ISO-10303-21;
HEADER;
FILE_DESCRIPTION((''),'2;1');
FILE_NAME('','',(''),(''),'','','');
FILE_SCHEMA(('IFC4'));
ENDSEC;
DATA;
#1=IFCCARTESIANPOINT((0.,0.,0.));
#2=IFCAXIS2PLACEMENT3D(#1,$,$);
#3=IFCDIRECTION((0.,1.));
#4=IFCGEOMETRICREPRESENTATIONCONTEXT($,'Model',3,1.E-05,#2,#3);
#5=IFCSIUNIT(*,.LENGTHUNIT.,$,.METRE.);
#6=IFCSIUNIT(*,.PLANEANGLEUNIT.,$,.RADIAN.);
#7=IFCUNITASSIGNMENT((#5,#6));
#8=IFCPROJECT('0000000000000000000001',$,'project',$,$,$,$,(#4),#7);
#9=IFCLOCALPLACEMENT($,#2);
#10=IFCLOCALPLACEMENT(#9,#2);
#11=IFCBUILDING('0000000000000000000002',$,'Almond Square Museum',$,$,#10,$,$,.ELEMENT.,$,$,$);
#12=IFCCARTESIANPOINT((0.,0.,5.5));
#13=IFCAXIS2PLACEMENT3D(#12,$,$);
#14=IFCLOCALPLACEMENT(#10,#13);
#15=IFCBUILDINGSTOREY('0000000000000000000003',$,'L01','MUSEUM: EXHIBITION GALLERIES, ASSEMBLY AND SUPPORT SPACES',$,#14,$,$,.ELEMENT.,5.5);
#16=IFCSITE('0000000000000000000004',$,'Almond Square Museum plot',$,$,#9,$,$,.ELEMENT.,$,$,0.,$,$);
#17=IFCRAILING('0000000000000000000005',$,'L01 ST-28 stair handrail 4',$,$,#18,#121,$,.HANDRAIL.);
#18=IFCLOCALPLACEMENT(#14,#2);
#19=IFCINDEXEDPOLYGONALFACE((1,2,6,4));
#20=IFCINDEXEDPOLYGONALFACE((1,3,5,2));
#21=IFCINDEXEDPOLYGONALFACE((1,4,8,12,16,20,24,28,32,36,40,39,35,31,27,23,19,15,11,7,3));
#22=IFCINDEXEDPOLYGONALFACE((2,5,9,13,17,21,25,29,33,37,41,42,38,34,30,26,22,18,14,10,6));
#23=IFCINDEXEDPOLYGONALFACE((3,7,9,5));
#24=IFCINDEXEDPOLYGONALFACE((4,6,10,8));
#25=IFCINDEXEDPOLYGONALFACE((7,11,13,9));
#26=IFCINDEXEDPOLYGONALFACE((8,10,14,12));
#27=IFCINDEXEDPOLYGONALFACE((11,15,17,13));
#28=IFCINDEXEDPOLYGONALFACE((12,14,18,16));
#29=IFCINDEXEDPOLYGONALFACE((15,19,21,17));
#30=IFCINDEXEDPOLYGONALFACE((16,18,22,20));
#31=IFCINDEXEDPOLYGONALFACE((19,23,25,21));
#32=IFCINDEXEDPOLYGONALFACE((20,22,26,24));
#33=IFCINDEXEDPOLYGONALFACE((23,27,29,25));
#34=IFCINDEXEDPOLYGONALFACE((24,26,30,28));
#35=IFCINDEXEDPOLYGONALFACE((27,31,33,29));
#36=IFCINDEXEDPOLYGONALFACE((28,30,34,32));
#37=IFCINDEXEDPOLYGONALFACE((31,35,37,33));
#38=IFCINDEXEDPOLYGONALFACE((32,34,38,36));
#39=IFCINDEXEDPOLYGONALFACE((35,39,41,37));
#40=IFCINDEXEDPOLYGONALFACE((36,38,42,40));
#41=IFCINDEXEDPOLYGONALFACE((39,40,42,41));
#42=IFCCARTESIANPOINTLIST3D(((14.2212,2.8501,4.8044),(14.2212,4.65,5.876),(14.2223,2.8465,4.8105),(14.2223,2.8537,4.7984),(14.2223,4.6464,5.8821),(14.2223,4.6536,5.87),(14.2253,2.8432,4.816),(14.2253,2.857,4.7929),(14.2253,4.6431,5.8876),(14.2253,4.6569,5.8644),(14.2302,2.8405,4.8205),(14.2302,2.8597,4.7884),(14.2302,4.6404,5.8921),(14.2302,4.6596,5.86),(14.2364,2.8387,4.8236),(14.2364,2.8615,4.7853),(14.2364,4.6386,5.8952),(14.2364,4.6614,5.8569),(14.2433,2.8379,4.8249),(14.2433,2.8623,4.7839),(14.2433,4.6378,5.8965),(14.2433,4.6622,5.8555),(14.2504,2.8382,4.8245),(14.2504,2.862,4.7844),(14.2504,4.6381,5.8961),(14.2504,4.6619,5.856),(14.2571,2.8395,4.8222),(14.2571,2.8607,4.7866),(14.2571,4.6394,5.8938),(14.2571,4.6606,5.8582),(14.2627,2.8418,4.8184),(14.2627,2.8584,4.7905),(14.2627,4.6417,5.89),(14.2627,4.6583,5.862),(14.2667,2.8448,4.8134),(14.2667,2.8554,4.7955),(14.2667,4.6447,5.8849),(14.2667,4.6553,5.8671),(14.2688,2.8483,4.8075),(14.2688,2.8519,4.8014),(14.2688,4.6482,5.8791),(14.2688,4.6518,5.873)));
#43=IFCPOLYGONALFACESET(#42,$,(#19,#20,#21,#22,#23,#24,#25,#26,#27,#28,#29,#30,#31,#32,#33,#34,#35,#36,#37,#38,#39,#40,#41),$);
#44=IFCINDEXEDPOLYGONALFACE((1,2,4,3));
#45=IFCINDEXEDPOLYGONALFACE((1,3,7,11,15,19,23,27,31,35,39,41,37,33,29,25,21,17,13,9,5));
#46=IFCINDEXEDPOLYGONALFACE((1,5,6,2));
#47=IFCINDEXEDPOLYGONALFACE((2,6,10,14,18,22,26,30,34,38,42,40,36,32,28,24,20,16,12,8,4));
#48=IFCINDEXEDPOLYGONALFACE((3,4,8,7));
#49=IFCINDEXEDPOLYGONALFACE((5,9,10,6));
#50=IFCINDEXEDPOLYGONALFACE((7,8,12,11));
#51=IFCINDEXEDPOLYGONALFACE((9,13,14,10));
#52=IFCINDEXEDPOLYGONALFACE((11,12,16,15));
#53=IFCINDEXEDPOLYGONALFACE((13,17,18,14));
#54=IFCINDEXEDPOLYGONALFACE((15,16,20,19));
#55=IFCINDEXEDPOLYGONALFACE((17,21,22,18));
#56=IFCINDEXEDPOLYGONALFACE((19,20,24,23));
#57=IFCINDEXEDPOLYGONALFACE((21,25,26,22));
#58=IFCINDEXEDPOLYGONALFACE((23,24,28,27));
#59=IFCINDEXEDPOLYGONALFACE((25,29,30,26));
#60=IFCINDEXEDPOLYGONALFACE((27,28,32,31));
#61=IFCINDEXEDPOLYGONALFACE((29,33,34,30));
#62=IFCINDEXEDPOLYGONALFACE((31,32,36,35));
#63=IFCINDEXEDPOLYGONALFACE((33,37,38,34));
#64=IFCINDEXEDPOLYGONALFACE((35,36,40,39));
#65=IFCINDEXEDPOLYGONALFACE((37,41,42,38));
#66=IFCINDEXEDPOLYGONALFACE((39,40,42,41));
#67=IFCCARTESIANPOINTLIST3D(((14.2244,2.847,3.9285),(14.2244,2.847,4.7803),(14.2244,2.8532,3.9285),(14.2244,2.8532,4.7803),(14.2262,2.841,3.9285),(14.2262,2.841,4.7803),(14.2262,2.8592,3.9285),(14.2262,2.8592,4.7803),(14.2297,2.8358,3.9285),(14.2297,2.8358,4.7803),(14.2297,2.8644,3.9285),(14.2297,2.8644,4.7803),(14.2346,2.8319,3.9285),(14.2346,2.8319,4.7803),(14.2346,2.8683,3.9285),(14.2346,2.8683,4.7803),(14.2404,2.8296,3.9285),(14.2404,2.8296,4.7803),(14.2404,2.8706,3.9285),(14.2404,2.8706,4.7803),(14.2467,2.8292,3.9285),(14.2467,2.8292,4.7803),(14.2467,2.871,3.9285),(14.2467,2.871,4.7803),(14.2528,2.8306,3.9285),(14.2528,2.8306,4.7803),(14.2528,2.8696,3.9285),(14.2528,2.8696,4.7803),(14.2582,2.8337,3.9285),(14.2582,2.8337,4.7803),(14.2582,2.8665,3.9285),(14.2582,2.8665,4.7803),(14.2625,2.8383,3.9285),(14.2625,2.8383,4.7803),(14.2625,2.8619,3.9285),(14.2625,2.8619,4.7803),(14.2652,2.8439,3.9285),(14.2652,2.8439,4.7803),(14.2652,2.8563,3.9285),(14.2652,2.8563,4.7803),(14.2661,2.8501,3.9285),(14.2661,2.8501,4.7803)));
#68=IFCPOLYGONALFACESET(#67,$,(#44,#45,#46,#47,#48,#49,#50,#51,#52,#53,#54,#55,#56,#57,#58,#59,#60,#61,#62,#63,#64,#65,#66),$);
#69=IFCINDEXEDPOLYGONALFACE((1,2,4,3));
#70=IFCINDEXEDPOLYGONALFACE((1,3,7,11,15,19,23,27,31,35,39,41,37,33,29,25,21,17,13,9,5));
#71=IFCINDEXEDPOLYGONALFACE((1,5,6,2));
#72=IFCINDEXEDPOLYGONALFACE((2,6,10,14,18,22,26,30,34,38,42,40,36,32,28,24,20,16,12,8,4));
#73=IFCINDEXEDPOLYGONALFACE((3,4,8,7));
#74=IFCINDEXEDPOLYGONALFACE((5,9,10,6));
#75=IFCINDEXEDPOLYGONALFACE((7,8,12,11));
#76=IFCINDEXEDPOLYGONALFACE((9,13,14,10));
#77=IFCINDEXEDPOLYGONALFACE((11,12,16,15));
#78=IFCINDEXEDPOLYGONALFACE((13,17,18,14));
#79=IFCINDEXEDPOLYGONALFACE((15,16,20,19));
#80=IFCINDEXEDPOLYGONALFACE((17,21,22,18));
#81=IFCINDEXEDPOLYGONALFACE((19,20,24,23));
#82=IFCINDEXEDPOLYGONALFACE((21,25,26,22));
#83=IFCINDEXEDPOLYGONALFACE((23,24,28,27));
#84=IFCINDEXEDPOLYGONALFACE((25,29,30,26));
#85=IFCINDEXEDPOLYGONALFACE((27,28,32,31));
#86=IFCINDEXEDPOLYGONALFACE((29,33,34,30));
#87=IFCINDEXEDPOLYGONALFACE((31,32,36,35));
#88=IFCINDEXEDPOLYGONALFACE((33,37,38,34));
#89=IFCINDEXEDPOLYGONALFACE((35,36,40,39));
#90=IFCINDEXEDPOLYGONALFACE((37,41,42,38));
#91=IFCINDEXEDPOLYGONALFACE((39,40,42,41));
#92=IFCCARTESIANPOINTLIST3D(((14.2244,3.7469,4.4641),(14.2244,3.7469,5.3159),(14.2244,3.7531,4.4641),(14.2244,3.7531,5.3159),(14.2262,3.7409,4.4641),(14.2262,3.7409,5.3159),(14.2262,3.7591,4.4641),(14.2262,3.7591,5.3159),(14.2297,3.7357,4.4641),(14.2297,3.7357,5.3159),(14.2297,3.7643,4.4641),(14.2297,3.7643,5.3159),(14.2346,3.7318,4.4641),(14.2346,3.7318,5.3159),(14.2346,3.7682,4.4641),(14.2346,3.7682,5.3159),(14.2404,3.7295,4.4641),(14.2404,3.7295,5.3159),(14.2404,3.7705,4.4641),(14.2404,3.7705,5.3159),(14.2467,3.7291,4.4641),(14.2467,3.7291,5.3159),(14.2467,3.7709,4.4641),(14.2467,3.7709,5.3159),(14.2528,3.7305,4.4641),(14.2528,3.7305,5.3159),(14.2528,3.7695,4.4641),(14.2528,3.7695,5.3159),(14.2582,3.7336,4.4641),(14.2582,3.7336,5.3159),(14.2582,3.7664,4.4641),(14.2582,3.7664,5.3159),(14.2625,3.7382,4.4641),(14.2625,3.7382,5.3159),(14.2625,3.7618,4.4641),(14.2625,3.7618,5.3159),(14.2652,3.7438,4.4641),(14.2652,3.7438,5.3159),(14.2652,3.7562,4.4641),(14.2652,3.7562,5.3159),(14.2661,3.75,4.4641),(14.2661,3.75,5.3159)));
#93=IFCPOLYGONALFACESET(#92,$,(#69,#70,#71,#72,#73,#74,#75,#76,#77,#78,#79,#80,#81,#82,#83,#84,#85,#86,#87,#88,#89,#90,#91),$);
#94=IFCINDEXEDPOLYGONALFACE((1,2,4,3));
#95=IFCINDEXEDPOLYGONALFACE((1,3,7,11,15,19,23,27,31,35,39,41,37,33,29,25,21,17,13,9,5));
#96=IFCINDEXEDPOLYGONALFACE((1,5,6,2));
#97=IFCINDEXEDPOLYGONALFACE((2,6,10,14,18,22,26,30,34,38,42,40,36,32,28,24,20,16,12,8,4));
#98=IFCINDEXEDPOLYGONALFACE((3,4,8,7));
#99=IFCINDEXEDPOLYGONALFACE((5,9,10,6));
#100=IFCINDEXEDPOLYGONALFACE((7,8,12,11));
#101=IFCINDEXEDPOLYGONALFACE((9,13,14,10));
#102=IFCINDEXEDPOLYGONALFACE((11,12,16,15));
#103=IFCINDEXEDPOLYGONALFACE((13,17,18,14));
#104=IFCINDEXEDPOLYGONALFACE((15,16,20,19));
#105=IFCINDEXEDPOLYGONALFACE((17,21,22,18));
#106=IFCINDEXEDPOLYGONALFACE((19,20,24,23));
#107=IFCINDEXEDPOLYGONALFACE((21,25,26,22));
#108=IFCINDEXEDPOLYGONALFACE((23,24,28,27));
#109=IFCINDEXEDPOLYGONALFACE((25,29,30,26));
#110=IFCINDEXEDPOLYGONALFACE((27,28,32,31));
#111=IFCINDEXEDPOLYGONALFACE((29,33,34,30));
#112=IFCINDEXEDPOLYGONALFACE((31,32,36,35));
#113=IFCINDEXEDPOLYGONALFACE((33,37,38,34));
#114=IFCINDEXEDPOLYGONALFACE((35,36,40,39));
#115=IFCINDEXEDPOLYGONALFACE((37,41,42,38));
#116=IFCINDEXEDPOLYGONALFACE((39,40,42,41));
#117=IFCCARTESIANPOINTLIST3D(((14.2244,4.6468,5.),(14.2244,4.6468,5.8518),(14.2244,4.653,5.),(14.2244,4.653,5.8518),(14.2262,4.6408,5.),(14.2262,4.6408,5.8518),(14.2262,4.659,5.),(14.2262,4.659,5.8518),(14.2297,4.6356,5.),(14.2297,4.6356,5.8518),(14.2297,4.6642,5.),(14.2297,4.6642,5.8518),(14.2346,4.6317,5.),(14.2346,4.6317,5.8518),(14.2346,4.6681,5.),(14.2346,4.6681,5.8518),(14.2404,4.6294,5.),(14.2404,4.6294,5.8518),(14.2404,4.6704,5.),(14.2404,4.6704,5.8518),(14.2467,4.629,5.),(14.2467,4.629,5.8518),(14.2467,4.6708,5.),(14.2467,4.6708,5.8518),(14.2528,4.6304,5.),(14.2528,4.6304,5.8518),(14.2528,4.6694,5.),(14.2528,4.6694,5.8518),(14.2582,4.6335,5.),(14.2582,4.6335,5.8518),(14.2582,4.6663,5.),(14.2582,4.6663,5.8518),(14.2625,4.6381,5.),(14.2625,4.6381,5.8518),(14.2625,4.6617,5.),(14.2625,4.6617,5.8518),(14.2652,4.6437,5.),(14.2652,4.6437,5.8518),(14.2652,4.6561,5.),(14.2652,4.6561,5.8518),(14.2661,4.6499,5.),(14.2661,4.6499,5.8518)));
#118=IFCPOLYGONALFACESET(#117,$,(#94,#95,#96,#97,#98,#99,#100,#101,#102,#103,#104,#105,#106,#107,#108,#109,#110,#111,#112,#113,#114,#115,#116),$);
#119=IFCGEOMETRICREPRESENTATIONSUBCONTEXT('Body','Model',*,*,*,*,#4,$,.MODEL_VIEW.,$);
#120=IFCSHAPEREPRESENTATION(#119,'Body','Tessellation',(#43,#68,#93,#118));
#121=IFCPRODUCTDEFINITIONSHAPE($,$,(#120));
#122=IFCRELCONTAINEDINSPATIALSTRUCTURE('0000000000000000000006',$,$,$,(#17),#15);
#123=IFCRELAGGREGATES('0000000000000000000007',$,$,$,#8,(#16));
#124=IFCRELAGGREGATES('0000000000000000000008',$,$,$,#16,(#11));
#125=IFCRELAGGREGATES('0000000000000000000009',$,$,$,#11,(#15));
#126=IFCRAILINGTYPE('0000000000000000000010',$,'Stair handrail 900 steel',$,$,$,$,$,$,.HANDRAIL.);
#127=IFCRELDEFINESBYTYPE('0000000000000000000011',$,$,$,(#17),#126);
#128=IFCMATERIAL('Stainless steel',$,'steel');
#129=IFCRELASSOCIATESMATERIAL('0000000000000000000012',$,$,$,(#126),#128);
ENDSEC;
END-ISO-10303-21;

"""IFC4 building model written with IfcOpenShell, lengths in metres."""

from ifc_helpers import new_model, si_unit, direction, frame, origin, origin_2d, place, context, subcontext, project, spatial, circle, extrude, material, type_object, element, save


model = new_model("IFC4")

# Units and contexts
model_context = context("Model", 3, precision=1e-05, world=origin(), true_north=direction((0.0, 1.0)))
body_context = subcontext(model_context, "Body", "Model", "MODEL_VIEW")
ifc_project = project(units=[si_unit("LENGTHUNIT", "METRE"), si_unit("PLANEANGLEUNIT", "RADIAN")], contexts=[model_context])

# Site, building, storey
site_placement = place(None, origin())
site = spatial("IfcSite", under=ifc_project, at=site_placement, Name="Almond Square Museum plot", CompositionType="ELEMENT", RefElevation=0.0)
building_placement = place(site_placement, origin())
building = spatial("IfcBuilding", under=site, at=building_placement, Name="Almond Square Museum", CompositionType="ELEMENT")
storey_placement = place(building_placement, frame((0.0, 0.0, 5.5)))
storey = spatial("IfcBuildingStorey", under=building, at=storey_placement, Name="L01", Description="MUSEUM: EXHIBITION GALLERIES, ASSEMBLY AND SUPPORT SPACES", CompositionType="ELEMENT", Elevation=5.5)

# Railing
ifc_material_1 = material(Name="Stainless steel", Category="steel")
railing_type_1 = type_object("IfcRailingType", Name="Stair handrail 900 steel", PredefinedType="HANDRAIL", material=ifc_material_1)
railing_1_placement = place(storey_placement, frame((14.2451, 2.8501, 3.9285)))
element("IfcRailing", 1, at=railing_1_placement, inside=storey, type_object=railing_type_1, Name="L01 ST-28 stair handrail 4", PredefinedType="HANDRAIL", context=body_context, shape_type="SweptSolid", body=[
    extrude(circle(Radius=0.0239, at=origin_2d()), frame((0.0, 0.0, 0.876), z_axis=(0.0, 0.859247, 0.511562), x_axis=(-1.0, 0.0, 0.0)), (0.0, 0.0, 1.0), 2.0947),
    extrude(circle(Radius=0.021, at=origin_2d()), origin(), (0.0, 0.0, 1.0), 0.8518),
    extrude(circle(Radius=0.021, at=origin_2d()), frame((0.0, 0.8999, 0.5356)), (0.0, 0.0, 1.0), 0.8518),
    extrude(circle(Radius=0.021, at=origin_2d()), frame((0.0, 1.7998, 1.0715)), (0.0, 0.0, 1.0), 0.8518),
])

save(model, "model.ifc")
